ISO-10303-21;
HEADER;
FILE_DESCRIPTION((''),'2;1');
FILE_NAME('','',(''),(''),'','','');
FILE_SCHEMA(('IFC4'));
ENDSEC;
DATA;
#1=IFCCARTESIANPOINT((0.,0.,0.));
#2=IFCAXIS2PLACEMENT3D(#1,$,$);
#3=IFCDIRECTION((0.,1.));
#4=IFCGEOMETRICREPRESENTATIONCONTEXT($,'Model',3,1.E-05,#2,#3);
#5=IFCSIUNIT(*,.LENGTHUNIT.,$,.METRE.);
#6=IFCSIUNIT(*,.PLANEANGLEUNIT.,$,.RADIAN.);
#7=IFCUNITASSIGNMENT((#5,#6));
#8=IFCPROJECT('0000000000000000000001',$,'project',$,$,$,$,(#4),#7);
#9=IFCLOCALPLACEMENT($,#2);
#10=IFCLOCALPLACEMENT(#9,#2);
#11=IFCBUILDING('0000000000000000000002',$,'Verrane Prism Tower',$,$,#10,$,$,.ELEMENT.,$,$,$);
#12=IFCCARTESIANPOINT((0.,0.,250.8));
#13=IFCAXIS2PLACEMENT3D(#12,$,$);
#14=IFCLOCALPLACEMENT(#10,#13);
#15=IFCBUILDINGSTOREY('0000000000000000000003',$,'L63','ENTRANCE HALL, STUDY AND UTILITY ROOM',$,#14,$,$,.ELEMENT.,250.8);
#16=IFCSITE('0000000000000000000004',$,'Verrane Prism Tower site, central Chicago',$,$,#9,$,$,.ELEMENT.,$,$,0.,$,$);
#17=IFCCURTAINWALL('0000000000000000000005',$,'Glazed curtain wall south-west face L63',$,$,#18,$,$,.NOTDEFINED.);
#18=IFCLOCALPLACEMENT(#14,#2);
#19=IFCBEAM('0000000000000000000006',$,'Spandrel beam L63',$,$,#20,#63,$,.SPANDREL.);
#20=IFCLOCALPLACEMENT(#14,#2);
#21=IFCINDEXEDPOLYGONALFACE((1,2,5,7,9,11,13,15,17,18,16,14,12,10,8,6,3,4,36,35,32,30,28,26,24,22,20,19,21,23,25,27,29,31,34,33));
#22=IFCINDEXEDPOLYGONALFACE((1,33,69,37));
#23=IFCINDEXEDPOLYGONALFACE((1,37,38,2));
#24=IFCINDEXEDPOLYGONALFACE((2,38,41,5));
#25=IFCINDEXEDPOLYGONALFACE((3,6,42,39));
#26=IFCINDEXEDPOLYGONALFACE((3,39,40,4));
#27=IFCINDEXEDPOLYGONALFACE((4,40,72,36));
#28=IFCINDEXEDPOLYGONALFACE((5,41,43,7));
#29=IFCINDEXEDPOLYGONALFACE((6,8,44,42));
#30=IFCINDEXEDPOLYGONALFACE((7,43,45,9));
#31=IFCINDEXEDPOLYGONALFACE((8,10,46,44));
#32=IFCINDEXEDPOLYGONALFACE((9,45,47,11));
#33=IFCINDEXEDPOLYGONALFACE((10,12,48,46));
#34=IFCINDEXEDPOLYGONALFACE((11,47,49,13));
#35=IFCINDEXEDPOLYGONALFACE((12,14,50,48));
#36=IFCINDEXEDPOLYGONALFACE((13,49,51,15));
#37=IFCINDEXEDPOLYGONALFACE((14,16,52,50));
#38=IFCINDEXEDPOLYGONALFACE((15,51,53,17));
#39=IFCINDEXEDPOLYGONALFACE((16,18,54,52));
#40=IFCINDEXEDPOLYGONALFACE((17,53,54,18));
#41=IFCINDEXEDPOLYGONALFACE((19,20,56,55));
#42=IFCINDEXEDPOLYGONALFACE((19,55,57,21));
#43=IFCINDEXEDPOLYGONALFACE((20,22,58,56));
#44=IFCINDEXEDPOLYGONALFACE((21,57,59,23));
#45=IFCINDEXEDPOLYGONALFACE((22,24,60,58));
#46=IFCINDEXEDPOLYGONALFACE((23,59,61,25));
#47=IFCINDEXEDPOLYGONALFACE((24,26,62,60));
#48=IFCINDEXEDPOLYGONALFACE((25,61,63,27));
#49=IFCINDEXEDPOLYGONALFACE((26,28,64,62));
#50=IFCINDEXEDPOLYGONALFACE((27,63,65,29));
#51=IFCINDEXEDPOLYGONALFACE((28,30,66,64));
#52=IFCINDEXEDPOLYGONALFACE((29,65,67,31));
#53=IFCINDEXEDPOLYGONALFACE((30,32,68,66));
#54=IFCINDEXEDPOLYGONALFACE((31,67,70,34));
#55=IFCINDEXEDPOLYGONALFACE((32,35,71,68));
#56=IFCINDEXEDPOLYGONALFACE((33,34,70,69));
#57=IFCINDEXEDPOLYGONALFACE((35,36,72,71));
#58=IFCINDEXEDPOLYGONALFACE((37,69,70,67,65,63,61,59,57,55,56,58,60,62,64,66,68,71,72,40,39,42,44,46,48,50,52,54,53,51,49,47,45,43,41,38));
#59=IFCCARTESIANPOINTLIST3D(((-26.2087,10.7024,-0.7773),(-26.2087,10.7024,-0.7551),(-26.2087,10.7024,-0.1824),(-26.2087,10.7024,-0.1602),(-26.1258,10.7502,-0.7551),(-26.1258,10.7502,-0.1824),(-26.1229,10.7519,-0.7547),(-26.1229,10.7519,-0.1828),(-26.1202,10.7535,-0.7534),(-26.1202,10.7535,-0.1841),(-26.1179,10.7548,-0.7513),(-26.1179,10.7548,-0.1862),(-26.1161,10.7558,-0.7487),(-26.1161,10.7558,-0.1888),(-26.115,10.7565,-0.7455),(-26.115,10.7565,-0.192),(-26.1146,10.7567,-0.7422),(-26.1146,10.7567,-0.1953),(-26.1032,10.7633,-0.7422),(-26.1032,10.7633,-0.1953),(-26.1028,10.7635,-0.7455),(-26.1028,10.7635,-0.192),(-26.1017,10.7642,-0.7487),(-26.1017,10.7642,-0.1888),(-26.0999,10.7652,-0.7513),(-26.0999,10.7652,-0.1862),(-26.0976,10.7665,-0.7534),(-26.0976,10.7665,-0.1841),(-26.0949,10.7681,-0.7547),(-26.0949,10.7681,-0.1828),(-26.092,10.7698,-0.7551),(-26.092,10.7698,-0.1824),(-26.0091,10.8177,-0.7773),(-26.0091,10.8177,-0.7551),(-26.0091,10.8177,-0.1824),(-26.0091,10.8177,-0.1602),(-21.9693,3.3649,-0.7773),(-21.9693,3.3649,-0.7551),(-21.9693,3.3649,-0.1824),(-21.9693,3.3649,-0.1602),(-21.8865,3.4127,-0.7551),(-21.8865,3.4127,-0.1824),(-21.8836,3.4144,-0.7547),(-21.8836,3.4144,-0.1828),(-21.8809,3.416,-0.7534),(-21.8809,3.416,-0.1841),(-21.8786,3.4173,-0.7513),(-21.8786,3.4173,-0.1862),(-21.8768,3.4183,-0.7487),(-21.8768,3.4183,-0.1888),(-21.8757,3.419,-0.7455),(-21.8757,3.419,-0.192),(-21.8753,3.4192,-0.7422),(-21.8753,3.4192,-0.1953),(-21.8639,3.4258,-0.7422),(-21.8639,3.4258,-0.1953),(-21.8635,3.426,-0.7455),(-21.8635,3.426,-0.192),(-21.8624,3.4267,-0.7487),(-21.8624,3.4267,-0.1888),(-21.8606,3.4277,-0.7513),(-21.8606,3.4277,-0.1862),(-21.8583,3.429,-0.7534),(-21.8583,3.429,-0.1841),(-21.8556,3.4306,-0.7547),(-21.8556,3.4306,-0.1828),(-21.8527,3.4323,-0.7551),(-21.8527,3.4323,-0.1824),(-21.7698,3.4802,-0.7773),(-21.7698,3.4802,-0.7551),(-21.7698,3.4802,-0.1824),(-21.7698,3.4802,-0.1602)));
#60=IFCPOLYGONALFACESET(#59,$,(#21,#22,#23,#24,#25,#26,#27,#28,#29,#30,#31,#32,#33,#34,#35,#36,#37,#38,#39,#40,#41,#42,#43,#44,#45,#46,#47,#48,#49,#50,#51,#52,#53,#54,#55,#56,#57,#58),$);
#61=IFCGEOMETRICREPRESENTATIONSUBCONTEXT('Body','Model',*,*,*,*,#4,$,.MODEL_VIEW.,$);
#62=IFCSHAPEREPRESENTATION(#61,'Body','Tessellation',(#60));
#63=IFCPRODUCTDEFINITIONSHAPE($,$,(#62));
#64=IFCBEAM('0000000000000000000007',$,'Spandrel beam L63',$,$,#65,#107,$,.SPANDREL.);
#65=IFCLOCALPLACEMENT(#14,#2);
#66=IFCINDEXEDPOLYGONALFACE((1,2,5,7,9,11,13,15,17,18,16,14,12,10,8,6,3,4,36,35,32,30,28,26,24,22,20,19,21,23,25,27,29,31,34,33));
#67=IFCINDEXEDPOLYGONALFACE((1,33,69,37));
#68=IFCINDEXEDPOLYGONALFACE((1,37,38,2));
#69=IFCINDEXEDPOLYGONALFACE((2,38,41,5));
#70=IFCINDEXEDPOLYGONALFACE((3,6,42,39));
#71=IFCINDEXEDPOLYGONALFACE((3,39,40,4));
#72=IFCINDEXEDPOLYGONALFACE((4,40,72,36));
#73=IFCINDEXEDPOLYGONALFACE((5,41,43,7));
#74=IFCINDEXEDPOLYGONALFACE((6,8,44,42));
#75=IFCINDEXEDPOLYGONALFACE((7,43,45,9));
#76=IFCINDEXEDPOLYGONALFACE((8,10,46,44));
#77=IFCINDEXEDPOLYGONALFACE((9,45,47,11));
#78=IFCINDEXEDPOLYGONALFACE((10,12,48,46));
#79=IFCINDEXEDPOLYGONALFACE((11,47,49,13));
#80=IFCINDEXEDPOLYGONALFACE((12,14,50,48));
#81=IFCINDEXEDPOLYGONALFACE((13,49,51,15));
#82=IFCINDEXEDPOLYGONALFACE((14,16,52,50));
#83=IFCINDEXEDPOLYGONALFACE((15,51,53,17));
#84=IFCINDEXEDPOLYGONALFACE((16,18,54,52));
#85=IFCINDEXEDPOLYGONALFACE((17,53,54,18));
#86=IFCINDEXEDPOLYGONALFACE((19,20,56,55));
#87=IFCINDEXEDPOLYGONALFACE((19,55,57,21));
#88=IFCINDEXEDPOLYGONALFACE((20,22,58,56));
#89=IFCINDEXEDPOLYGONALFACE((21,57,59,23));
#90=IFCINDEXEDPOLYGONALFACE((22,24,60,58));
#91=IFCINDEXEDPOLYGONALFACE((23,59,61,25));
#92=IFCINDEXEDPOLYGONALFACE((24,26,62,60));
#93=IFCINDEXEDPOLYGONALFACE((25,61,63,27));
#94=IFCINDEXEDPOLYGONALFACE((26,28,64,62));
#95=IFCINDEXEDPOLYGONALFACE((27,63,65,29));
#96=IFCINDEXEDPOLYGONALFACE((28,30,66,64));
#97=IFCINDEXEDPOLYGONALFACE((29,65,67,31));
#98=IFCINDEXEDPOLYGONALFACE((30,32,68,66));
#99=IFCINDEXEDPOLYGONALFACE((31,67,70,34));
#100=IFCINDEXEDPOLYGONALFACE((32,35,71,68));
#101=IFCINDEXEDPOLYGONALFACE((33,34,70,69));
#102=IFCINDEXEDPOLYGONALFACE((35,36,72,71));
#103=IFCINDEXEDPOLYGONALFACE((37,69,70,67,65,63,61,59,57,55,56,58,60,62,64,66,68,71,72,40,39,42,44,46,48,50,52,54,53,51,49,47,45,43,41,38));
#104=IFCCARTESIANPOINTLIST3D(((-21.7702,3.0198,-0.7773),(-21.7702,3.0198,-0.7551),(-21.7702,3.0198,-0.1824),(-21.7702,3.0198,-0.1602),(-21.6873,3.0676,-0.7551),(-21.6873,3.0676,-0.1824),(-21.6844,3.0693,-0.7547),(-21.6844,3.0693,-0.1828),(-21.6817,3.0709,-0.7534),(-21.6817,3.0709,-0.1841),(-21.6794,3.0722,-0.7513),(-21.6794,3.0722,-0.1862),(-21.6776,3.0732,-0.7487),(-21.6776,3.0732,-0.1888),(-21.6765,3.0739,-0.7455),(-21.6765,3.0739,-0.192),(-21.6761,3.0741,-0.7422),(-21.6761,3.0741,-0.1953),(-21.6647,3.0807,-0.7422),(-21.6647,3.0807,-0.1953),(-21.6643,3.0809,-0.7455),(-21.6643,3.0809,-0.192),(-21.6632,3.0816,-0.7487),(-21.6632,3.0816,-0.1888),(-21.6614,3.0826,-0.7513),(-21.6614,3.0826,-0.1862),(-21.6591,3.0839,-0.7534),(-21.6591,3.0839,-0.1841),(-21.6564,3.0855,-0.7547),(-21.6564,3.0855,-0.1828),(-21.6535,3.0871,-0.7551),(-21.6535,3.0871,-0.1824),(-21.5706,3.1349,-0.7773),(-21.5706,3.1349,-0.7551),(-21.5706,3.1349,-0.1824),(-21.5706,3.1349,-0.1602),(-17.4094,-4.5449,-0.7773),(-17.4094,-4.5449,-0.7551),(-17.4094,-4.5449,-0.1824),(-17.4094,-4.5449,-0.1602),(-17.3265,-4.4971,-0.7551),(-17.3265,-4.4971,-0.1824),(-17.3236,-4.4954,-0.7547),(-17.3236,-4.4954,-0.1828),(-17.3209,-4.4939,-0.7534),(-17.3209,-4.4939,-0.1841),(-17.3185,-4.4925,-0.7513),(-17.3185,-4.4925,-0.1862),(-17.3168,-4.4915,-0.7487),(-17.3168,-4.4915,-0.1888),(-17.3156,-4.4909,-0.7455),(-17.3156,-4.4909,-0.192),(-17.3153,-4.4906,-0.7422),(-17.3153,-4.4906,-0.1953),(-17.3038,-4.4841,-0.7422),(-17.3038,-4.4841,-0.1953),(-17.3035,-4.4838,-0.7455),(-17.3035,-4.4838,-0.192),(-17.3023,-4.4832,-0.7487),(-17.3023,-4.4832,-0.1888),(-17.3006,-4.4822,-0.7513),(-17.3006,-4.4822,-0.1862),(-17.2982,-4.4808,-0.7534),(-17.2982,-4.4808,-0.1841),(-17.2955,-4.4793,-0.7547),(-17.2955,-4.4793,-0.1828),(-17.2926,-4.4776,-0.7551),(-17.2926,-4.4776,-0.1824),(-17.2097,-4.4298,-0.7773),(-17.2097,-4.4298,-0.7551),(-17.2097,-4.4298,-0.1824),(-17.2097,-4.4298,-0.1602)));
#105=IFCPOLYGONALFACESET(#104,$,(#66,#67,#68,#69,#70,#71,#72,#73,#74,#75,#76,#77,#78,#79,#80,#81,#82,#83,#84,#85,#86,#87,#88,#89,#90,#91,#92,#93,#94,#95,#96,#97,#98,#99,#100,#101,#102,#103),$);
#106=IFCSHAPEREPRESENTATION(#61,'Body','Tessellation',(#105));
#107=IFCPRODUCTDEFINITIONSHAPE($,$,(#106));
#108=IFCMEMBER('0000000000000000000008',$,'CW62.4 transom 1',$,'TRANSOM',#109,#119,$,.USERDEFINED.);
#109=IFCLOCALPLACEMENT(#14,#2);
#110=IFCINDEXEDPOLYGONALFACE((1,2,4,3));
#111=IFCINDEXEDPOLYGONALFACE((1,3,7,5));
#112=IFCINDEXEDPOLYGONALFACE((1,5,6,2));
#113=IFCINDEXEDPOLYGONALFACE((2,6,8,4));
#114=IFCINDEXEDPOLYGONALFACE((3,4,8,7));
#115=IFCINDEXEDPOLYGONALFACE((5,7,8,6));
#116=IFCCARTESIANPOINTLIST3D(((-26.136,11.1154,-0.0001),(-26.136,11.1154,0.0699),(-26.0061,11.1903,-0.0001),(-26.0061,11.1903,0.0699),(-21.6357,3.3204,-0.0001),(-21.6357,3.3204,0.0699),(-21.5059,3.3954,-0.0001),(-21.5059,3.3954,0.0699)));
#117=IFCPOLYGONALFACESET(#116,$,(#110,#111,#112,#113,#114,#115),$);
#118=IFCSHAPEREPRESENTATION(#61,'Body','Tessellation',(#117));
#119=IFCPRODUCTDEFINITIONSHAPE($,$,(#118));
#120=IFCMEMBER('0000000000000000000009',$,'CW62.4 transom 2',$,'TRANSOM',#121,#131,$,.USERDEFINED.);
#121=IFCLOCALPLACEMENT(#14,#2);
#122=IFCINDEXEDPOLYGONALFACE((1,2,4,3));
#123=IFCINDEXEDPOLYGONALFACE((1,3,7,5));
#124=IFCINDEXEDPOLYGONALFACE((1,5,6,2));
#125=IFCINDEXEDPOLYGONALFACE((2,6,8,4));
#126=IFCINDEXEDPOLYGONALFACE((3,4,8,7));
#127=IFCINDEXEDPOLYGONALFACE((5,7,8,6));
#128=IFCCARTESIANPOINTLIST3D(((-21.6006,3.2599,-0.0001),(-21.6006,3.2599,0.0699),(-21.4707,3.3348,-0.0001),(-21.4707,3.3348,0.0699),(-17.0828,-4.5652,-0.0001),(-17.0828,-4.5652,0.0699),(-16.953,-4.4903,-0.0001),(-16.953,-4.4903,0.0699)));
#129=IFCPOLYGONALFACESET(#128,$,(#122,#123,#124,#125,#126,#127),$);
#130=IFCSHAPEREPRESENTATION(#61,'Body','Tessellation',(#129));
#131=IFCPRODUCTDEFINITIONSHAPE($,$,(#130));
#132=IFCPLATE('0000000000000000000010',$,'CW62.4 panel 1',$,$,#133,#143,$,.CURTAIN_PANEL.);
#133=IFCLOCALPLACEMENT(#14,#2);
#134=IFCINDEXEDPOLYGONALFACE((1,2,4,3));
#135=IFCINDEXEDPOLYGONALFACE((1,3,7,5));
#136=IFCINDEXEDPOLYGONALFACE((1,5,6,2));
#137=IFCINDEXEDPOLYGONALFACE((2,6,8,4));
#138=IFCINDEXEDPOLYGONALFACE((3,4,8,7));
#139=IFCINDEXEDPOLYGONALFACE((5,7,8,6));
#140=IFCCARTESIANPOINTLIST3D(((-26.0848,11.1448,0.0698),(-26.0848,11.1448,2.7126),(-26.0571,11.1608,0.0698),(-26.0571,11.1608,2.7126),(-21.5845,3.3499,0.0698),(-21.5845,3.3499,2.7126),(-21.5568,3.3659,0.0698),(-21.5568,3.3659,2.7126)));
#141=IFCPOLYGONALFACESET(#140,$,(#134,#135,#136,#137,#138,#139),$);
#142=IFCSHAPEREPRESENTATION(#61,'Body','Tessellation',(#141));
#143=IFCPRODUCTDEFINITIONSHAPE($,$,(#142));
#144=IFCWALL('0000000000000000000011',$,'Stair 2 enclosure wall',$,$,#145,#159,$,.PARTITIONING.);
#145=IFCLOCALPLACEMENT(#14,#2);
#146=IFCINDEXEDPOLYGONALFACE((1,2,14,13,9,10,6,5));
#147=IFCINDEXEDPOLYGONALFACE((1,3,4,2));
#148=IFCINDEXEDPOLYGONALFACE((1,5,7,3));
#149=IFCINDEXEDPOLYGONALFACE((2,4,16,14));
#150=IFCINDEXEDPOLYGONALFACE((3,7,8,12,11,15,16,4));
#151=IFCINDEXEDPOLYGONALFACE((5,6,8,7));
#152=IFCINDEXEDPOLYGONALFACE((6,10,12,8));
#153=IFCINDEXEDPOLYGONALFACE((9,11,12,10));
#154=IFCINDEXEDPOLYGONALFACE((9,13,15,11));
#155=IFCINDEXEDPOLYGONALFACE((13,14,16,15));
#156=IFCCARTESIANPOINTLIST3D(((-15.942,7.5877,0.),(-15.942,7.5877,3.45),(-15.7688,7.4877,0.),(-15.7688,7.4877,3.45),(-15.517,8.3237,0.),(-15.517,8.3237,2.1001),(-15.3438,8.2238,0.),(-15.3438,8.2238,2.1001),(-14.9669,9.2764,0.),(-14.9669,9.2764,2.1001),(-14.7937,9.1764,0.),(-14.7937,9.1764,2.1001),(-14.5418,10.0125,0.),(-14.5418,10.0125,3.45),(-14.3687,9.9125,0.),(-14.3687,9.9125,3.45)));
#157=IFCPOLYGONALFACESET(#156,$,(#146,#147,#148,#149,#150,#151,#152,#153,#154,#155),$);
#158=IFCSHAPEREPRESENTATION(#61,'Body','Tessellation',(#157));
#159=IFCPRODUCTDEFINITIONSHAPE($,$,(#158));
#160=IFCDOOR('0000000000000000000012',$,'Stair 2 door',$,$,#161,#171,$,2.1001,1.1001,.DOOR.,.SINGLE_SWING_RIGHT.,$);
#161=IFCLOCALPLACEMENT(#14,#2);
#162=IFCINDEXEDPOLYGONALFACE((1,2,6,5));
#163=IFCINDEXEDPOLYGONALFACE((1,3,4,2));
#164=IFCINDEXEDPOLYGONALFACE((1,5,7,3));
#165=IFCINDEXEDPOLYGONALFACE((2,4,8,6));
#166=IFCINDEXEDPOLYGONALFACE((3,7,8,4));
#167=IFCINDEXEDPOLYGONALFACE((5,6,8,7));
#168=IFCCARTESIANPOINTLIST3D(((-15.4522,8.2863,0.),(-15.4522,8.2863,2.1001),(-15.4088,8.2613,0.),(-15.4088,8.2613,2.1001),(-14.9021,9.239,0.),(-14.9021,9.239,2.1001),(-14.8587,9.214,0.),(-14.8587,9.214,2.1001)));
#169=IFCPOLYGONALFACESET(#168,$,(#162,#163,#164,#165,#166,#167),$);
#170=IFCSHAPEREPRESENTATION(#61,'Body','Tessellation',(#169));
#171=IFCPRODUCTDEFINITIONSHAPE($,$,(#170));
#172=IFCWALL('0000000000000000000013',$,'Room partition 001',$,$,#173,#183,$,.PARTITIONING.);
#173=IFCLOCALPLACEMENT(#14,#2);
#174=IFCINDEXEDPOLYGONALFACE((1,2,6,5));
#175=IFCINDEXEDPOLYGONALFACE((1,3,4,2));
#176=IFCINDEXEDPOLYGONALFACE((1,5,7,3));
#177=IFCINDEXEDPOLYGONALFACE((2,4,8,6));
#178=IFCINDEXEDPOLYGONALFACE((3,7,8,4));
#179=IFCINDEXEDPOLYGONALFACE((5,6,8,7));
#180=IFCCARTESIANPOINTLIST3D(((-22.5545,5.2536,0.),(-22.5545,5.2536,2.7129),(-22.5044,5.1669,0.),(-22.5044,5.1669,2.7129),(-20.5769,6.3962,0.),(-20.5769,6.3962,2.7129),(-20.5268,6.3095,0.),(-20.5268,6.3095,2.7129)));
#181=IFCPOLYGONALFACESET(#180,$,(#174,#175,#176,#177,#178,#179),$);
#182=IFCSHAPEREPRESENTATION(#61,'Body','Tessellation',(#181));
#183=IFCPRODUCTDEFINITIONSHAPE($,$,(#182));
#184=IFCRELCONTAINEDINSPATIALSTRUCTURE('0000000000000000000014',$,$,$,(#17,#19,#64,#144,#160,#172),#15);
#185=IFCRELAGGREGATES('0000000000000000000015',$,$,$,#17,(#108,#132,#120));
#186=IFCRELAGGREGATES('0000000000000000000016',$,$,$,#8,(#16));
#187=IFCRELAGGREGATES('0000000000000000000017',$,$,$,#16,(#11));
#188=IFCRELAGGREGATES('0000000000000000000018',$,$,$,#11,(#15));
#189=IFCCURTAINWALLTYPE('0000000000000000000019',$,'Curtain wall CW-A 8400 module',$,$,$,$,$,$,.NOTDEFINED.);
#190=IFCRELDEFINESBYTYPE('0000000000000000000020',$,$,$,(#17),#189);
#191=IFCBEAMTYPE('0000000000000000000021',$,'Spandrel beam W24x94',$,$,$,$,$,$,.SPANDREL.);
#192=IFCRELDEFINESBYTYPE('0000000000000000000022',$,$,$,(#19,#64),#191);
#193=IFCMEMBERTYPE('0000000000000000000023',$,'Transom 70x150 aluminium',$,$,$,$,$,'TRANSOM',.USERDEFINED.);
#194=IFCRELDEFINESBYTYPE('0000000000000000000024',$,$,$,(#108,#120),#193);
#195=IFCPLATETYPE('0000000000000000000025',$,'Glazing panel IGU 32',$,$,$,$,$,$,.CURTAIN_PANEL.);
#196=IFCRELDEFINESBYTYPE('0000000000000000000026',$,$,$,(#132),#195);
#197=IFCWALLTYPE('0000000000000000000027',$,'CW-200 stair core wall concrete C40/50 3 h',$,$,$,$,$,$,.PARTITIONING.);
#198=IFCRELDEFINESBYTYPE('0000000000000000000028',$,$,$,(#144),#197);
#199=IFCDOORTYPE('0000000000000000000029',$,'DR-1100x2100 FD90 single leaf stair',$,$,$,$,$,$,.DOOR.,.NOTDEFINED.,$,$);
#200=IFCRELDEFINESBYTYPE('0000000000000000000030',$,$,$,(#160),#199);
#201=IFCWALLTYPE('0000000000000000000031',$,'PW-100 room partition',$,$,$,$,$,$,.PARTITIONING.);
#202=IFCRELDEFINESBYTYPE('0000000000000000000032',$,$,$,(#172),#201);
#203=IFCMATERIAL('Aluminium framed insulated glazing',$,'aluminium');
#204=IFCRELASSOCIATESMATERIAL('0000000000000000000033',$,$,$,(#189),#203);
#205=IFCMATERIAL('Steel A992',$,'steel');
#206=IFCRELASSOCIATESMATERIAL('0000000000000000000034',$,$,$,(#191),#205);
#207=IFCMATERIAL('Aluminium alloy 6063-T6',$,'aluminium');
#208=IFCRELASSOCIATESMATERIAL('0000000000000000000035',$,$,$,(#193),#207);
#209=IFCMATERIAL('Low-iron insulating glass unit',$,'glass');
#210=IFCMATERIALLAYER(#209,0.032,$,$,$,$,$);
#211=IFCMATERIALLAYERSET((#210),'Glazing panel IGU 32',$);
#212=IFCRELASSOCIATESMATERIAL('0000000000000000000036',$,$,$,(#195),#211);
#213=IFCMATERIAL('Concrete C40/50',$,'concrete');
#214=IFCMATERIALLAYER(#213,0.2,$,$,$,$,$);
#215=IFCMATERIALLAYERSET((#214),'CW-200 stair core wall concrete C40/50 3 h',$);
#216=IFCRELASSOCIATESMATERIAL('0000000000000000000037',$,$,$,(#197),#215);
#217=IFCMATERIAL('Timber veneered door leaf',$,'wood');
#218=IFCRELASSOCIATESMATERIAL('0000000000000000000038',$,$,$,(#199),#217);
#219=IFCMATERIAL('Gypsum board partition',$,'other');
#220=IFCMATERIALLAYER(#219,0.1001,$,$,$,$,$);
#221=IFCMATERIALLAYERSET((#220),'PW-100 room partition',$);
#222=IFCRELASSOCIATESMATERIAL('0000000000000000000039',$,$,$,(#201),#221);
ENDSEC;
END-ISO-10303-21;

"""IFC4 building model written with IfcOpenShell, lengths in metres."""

from ifc_helpers import new_model, si_unit, direction, frame, frame_2d, origin, origin_2d, place, context, subcontext, project, spatial, rectangle, i_section, extrude, material, layer, layer_set, material_profile, profile_set, type_object, element, fill, aggregate, save


model = new_model("IFC4")

# Units and contexts
model_context = context("Model", 3, precision=1e-05, world=origin(), true_north=direction((0.0, 1.0)))
body_context = subcontext(model_context, "Body", "Model", "MODEL_VIEW")
ifc_project = project(units=[si_unit("LENGTHUNIT", "METRE"), si_unit("PLANEANGLEUNIT", "RADIAN")], contexts=[model_context])

# Site, building, storey
site_placement = place(None, origin())
site = spatial("IfcSite", under=ifc_project, at=site_placement, Name="Verrane Prism Tower site, central Chicago", CompositionType="ELEMENT", RefElevation=0.0)
building_placement = place(site_placement, origin())
building = spatial("IfcBuilding", under=site, at=building_placement, Name="Verrane Prism Tower", CompositionType="ELEMENT")
storey_placement = place(building_placement, frame((0.0, 0.0, 250.8)))
storey = spatial("IfcBuildingStorey", under=building, at=storey_placement, Name="L63", Description="ENTRANCE HALL, STUDY AND UTILITY ROOM", CompositionType="ELEMENT", Elevation=250.8)

# Curtain wall
ifc_material_1 = material(Name="Aluminium framed insulated glazing", Category="aluminium")
curtain_wall_type = type_object("IfcCurtainWallType", Name="Curtain wall CW-A 8400 module", PredefinedType="NOTDEFINED", material=ifc_material_1)
curtain_wall_placement = place(storey_placement, origin())
curtain_wall = element("IfcCurtainWall", 1, at=curtain_wall_placement, inside=storey, type_object=curtain_wall_type, Name="Glazed curtain wall south-west face L63", PredefinedType="NOTDEFINED")

# Beams
ifc_material_2 = material(Name="Steel A992", Category="steel")
ifc_material_profile_1 = material_profile(ifc_material_2, i_section(OverallWidth=0.2305, OverallDepth=0.6172, WebThickness=0.0132, FlangeThickness=0.0222, FilletRadius=0.0129, at=origin_2d()), Name="W24x94")
ifc_profile_set_1 = profile_set([ifc_material_profile_1], Name="Steel A992")
beam_type_1 = type_object("IfcBeamType", Name="Spandrel beam W24x94", PredefinedType="SPANDREL", material=ifc_profile_set_1)
beam_1_placement = place(storey_placement, frame((-26.1089, 10.76, -0.4688), z_axis=(0.500266, -0.865872, 0.0), x_axis=(0.865872, 0.500266, 0.0)))
element("IfcBeam", 2, at=beam_1_placement, inside=storey, type_object=beam_type_1, Name="Spandrel beam L63", PredefinedType="SPANDREL", context=body_context, shape_type="SweptSolid", body=[
    extrude(i_section(OverallWidth=0.2305, OverallDepth=0.6172, WebThickness=0.0132, FlangeThickness=0.0222, FilletRadius=0.0129, at=origin_2d()), origin(), (0.0, 0.0, 1.0), 8.4741),
])
beam_2_placement = place(storey_placement, frame((-21.6704, 3.0774, -0.4688), z_axis=(0.49943, -0.866355, 0.0), x_axis=(0.866355, 0.49943, 0.0)))
element("IfcBeam", 3, at=beam_2_placement, inside=storey, type_object=beam_type_1, Name="Spandrel beam L63", PredefinedType="SPANDREL", context=body_context, shape_type="SweptSolid", body=[
    extrude(i_section(OverallWidth=0.2305, OverallDepth=0.6172, WebThickness=0.0132, FlangeThickness=0.0222, FilletRadius=0.0129, at=origin_2d()), origin(), (0.0, 0.0, 1.0), 8.7317),
])

# Members
ifc_material_3 = material(Name="Aluminium alloy 6063-T6", Category="aluminium")
ifc_material_profile_2 = material_profile(ifc_material_3, rectangle(XDim=0.1499, YDim=0.0701, at=origin_2d()), Name="Transom 70x150 aluminium")
ifc_profile_set_2 = profile_set([ifc_material_profile_2], Name="Aluminium alloy 6063-T6")
member_type_1 = type_object("IfcMemberType", Name="Transom 70x150 aluminium", ElementType="TRANSOM", PredefinedType="USERDEFINED", material=ifc_profile_set_2)
member_1_placement = place(storey_placement, frame((-26.071, 11.1528, 0.0349), z_axis=(0.499987, -0.866033, 0.0), x_axis=(0.866033, 0.499987, 0.0)))
member_1 = element("IfcMember", 4, at=member_1_placement, type_object=member_type_1, Name="CW62.4 transom 1", ObjectType="TRANSOM", PredefinedType="USERDEFINED", context=body_context, shape_type="SweptSolid", body=[
    extrude(rectangle(XDim=0.1499, YDim=0.0701, at=origin_2d()), origin(), (0.0, 0.0, 1.0), 9.0007),
])
member_2_placement = place(storey_placement, frame((-21.5356, 3.2974, 0.0349), z_axis=(0.499995, -0.866028, 0.0), x_axis=(0.866028, 0.499995, 0.0)))
member_2 = element("IfcMember", 5, at=member_2_placement, type_object=member_type_1, Name="CW62.4 transom 2", ObjectType="TRANSOM", PredefinedType="USERDEFINED", context=body_context, shape_type="SweptSolid", body=[
    extrude(rectangle(XDim=0.1499, YDim=0.0701, at=origin_2d()), origin(), (0.0, 0.0, 1.0), 9.0356),
])

# Plate
ifc_material_4 = material(Name="Low-iron insulating glass unit", Category="glass")
ifc_layer_1 = layer(ifc_material_4, 0.032)
ifc_layer_set_1 = layer_set([ifc_layer_1], Name="Glazing panel IGU 32")
plate_type = type_object("IfcPlateType", Name="Glazing panel IGU 32", PredefinedType="CURTAIN_PANEL", material=ifc_layer_set_1)
plate_placement = place(storey_placement, frame((-23.8208, 7.2554, 0.0698), z_axis=(0.0, 0.0, 1.0), x_axis=(0.5, -0.866026, 0.0)))
plate = element("IfcPlate", 6, at=plate_placement, type_object=plate_type, Name="CW62.4 panel 1", PredefinedType="CURTAIN_PANEL", context=body_context, shape_type="SweptSolid", body=[
    extrude(rectangle(XDim=9.0007, YDim=0.032, at=origin_2d()), origin(), (0.0, 0.0, 1.0), 2.6428),
])
aggregate(curtain_wall, [member_1, plate, member_2])

# Wall, opening, door
ifc_material_5 = material(Name="Concrete C40/50", Category="concrete")
ifc_layer_2 = layer(ifc_material_5, 0.2)
ifc_layer_set_2 = layer_set([ifc_layer_2], Name="CW-200 stair core wall concrete C40/50 3 h")
wall_type_1 = type_object("IfcWallType", Name="CW-200 stair core wall concrete C40/50 3 h", PredefinedType="PARTITIONING", material=ifc_layer_set_2)
wall_1_placement = place(storey_placement, frame((-14.4553, 9.9624, 0.0), z_axis=(0.0, 0.0, 1.0), x_axis=(-0.50005, -0.865997, 0.0)))
wall_1 = element("IfcWall", 7, at=wall_1_placement, inside=storey, type_object=wall_type_1, Name="Stair 2 enclosure wall", PredefinedType="PARTITIONING", context=body_context, shape_type="SweptSolid", body=[
    extrude(rectangle(XDim=2.8, YDim=0.2, at=frame_2d((1.3999, 0.0))), origin(), (0.0, 0.0, 1.0), 3.45),
])
opening_1_placement = place(wall_1_placement, frame((0.8499, 0.0, 0.0)))
opening_1 = element("IfcOpeningElement", 8, at=opening_1_placement, cuts=wall_1, PredefinedType="OPENING", context=body_context, shape_type="SweptSolid", body=[
    extrude(rectangle(XDim=1.1001, YDim=2.1001, at=frame_2d((0.55, 1.05))), frame((0.0, 0.1099, 0.0), z_axis=(0.0, -1.0, 0.0), x_axis=(1.0, 0.0, 0.0)), (0.0, 0.0, 1.0), 0.22),
])
ifc_material_6 = material(Name="Timber veneered door leaf", Category="wood")
door_type_1 = type_object("IfcDoorType", Name="DR-1100x2100 FD90 single leaf stair", OperationType="NOTDEFINED", PredefinedType="DOOR", material=ifc_material_6)
door_1_placement = place(opening_1_placement, origin())
door_1 = element("IfcDoor", 9, at=door_1_placement, inside=storey, type_object=door_type_1, Name="Stair 2 door", OperationType="SINGLE_SWING_RIGHT", OverallHeight=2.1001, OverallWidth=1.1001, PredefinedType="DOOR", context=body_context, shape_type="SweptSolid", body=[
    extrude(rectangle(XDim=1.1001, YDim=2.1001, at=frame_2d((0.55, 1.05))), frame((0.0, 0.0249, 0.0), z_axis=(0.0, -1.0, 0.0), x_axis=(1.0, 0.0, 0.0)), (0.0, 0.0, 1.0), 0.05),
])
fill(opening_1, door_1)

# Wall
ifc_material_7 = material(Name="Gypsum board partition", Category="other")
ifc_layer_3 = layer(ifc_material_7, 0.1001)
ifc_layer_set_3 = layer_set([ifc_layer_3], Name="PW-100 room partition")
wall_type_2 = type_object("IfcWallType", Name="PW-100 room partition", PredefinedType="PARTITIONING", material=ifc_layer_set_3)
wall_2_placement = place(storey_placement, frame((-22.5295, 5.2102, 0.0), z_axis=(0.0, 0.0, 1.0), x_axis=(0.865865, 0.500278, 0.0)))
element("IfcWall", 10, at=wall_2_placement, inside=storey, type_object=wall_type_2, Name="Room partition 001", PredefinedType="PARTITIONING", context=body_context, shape_type="SweptSolid", body=[
    extrude(rectangle(XDim=2.2839, YDim=0.1001, at=frame_2d((1.1421, 0.0))), origin(), (0.0, 0.0, 1.0), 2.7129),
])

save(model, "model.ifc")
